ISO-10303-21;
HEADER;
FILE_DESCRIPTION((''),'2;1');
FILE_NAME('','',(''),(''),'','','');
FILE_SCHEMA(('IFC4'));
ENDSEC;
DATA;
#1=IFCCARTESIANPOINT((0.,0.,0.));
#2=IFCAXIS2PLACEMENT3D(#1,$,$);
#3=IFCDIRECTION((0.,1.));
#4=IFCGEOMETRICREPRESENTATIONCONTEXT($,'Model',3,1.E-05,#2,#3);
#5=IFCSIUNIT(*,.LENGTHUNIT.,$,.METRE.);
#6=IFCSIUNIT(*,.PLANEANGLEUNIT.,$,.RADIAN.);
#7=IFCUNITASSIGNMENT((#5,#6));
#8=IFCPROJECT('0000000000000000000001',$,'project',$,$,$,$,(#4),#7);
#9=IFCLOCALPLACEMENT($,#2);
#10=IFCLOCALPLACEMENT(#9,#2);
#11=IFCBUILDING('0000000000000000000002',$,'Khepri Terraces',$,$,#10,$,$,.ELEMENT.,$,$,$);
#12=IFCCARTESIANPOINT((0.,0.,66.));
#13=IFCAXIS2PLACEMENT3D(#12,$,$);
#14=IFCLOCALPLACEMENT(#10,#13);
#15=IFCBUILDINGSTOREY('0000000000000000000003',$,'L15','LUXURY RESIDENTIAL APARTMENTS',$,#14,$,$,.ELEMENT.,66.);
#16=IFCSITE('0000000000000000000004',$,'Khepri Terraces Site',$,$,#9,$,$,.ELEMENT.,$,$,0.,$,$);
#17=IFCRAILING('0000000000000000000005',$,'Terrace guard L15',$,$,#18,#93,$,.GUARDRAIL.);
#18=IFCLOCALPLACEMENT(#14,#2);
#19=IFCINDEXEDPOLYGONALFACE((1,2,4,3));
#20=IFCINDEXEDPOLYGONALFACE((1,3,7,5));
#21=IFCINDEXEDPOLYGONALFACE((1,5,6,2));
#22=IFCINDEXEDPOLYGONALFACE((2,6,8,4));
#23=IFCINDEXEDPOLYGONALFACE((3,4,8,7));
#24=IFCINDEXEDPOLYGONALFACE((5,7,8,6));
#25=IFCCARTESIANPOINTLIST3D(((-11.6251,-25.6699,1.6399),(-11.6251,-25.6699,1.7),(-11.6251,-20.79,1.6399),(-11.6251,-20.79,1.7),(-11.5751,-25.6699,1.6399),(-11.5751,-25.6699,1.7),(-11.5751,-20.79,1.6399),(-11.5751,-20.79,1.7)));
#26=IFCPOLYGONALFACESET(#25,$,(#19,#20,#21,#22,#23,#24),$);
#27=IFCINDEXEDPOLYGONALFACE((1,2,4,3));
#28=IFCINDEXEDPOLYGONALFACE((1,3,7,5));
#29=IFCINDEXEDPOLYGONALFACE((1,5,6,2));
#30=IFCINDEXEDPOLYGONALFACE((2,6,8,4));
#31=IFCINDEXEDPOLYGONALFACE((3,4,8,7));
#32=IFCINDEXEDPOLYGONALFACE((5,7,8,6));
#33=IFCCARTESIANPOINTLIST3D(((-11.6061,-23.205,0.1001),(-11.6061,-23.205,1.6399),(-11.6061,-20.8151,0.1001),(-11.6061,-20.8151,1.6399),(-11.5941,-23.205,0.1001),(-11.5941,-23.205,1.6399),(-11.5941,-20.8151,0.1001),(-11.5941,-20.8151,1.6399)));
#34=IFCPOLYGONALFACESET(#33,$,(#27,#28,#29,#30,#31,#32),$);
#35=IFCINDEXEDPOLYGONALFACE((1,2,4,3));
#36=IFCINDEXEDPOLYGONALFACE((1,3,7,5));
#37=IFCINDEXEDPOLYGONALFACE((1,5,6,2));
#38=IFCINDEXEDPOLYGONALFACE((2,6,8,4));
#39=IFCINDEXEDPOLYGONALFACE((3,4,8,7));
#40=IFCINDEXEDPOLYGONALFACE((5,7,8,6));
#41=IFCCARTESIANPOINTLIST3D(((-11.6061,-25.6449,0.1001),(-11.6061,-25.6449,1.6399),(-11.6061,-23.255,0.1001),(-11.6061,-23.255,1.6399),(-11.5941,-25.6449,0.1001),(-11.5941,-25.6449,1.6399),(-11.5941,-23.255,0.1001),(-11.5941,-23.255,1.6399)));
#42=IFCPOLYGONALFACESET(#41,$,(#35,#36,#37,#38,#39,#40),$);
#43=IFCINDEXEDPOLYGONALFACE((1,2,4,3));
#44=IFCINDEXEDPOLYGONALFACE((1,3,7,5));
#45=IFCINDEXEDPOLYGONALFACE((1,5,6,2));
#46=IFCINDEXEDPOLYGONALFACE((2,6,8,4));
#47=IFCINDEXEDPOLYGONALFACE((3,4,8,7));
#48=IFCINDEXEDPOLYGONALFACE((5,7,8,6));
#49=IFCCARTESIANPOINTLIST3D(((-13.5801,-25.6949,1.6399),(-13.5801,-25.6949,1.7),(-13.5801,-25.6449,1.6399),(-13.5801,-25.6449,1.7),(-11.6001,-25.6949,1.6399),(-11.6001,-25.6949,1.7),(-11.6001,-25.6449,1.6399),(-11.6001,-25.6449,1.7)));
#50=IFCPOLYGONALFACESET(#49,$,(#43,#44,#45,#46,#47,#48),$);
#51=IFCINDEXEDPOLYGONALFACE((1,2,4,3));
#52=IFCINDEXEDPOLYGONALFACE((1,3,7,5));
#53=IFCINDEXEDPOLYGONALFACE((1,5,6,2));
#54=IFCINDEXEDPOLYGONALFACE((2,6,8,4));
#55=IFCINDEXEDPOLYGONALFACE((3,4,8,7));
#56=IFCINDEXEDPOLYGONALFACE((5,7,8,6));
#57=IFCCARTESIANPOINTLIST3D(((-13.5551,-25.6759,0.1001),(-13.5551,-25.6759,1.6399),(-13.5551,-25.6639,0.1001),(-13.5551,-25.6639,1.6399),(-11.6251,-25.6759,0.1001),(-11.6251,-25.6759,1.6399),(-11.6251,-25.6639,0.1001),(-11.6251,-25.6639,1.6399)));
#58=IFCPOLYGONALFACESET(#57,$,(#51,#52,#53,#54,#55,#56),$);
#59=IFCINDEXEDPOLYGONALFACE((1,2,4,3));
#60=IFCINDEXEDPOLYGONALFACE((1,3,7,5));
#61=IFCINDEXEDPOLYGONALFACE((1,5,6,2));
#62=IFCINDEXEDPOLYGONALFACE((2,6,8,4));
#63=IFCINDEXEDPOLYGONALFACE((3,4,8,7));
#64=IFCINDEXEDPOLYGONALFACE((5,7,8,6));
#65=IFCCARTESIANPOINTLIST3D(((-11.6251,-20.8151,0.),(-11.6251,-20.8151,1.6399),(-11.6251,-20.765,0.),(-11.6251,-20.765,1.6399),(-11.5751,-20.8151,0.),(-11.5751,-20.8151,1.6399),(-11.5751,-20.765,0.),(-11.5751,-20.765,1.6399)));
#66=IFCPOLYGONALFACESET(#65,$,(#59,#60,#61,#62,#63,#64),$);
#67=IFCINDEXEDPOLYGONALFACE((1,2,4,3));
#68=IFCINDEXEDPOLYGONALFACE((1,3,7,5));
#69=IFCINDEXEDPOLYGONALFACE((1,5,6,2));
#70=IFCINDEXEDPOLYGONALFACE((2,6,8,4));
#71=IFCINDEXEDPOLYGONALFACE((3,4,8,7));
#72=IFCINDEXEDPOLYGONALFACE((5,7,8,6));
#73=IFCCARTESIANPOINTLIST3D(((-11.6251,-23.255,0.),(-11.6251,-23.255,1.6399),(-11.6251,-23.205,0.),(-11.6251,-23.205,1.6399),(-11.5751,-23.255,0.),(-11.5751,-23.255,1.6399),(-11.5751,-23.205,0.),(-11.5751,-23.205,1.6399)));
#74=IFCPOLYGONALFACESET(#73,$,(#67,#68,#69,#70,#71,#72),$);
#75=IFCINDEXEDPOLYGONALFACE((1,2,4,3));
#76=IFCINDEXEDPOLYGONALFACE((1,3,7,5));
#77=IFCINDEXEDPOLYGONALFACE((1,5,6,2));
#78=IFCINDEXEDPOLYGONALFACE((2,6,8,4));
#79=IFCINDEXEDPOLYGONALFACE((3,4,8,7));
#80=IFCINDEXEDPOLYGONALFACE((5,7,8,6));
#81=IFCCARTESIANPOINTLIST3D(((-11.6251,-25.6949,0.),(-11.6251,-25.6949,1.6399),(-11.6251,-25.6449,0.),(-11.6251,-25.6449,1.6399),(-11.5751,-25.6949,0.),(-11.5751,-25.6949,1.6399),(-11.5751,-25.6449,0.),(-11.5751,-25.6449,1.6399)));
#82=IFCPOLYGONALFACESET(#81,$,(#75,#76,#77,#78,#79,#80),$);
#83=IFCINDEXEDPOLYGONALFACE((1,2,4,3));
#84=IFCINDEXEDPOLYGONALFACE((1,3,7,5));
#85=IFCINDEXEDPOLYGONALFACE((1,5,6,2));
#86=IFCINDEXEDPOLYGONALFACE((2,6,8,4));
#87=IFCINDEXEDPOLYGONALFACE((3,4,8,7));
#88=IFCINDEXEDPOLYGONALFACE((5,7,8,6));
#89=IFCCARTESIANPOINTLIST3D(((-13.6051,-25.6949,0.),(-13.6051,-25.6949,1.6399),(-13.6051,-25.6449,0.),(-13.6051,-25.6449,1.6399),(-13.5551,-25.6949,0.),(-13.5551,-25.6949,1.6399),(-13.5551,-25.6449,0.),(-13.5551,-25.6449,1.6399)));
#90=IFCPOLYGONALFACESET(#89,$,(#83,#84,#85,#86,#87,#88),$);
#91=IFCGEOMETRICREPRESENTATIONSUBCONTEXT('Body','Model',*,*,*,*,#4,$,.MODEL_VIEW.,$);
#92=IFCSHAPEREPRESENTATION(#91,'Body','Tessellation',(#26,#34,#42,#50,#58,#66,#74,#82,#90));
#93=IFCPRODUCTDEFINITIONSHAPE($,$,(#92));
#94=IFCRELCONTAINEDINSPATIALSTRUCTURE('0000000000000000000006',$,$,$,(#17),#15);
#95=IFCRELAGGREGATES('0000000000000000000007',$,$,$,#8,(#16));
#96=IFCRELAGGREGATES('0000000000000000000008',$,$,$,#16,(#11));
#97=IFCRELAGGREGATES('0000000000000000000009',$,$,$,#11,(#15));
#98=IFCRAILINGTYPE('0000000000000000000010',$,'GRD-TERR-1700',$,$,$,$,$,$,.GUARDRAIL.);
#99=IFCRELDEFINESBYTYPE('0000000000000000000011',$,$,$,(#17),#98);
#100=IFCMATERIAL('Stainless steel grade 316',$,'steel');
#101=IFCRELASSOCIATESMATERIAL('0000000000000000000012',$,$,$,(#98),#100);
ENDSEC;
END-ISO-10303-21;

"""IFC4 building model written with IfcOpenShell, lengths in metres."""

from ifc_helpers import new_model, si_unit, direction, frame, origin, origin_2d, place, context, subcontext, project, spatial, rectangle, extrude, material, type_object, element, save


model = new_model("IFC4")

# Units and contexts
model_context = context("Model", 3, precision=1e-05, world=origin(), true_north=direction((0.0, 1.0)))
body_context = subcontext(model_context, "Body", "Model", "MODEL_VIEW")
ifc_project = project(units=[si_unit("LENGTHUNIT", "METRE"), si_unit("PLANEANGLEUNIT", "RADIAN")], contexts=[model_context])

# Site, building, storey
site_placement = place(None, origin())
site = spatial("IfcSite", under=ifc_project, at=site_placement, Name="Khepri Terraces Site", CompositionType="ELEMENT", RefElevation=0.0)
building_placement = place(site_placement, origin())
building = spatial("IfcBuilding", under=site, at=building_placement, Name="Khepri Terraces", CompositionType="ELEMENT")
storey_placement = place(building_placement, frame((0.0, 0.0, 66.0)))
storey = spatial("IfcBuildingStorey", under=building, at=storey_placement, Name="L15", Description="LUXURY RESIDENTIAL APARTMENTS", CompositionType="ELEMENT", Elevation=66.0)

# Railing
ifc_material_1 = material(Name="Stainless steel grade 316", Category="steel")
railing_type = type_object("IfcRailingType", Name="GRD-TERR-1700", PredefinedType="GUARDRAIL", material=ifc_material_1)
railing_placement = place(storey_placement, frame((-11.6001, -20.79, 0.0)))
element("IfcRailing", 1, at=railing_placement, inside=storey, type_object=railing_type, Name="Terrace guard L15", PredefinedType="GUARDRAIL", context=body_context, shape_type="SweptSolid", body=[
    extrude(rectangle(XDim=0.05, YDim=0.0601, at=origin_2d()), frame((0.0, 0.0, 1.6699), z_axis=(0.0, -1.0, 0.0), x_axis=(1.0, 0.0, 0.0)), (0.0, 0.0, 1.0), 4.8799),
    extrude(rectangle(XDim=2.3899, YDim=0.012, at=origin_2d()), frame((0.0, -1.22, 0.1001), z_axis=(0.0, 0.0, 1.0), x_axis=(0.0, -1.0, 0.0)), (0.0, 0.0, 1.0), 1.5398),
    extrude(rectangle(XDim=2.3899, YDim=0.012, at=origin_2d()), frame((0.0, -3.6599, 0.1001), z_axis=(0.0, 0.0, 1.0), x_axis=(0.0, -1.0, 0.0)), (0.0, 0.0, 1.0), 1.5398),
    extrude(rectangle(XDim=0.05, YDim=0.0601, at=origin_2d()), frame((0.0, -4.8799, 1.6699), z_axis=(-1.0, 0.0, 0.0), x_axis=(0.0, -1.0, 0.0)), (0.0, 0.0, 1.0), 1.98),
    extrude(rectangle(XDim=1.9299, YDim=0.012, at=origin_2d()), frame((-0.99, -4.8799, 0.1001), z_axis=(0.0, 0.0, 1.0), x_axis=(-1.0, 0.0, 0.0)), (0.0, 0.0, 1.0), 1.5398),
    extrude(rectangle(XDim=0.05, YDim=0.05, at=origin_2d()), origin(), (0.0, 0.0, 1.0), 1.6399),
    extrude(rectangle(XDim=0.05, YDim=0.05, at=origin_2d()), frame((0.0, -2.4399, 0.0)), (0.0, 0.0, 1.0), 1.6399),
    extrude(rectangle(XDim=0.05, YDim=0.05, at=origin_2d()), frame((0.0, -4.8799, 0.0)), (0.0, 0.0, 1.0), 1.6399),
    extrude(rectangle(XDim=0.05, YDim=0.05, at=origin_2d()), frame((-1.98, -4.8799, 0.0)), (0.0, 0.0, 1.0), 1.6399),
])

save(model, "model.ifc")
